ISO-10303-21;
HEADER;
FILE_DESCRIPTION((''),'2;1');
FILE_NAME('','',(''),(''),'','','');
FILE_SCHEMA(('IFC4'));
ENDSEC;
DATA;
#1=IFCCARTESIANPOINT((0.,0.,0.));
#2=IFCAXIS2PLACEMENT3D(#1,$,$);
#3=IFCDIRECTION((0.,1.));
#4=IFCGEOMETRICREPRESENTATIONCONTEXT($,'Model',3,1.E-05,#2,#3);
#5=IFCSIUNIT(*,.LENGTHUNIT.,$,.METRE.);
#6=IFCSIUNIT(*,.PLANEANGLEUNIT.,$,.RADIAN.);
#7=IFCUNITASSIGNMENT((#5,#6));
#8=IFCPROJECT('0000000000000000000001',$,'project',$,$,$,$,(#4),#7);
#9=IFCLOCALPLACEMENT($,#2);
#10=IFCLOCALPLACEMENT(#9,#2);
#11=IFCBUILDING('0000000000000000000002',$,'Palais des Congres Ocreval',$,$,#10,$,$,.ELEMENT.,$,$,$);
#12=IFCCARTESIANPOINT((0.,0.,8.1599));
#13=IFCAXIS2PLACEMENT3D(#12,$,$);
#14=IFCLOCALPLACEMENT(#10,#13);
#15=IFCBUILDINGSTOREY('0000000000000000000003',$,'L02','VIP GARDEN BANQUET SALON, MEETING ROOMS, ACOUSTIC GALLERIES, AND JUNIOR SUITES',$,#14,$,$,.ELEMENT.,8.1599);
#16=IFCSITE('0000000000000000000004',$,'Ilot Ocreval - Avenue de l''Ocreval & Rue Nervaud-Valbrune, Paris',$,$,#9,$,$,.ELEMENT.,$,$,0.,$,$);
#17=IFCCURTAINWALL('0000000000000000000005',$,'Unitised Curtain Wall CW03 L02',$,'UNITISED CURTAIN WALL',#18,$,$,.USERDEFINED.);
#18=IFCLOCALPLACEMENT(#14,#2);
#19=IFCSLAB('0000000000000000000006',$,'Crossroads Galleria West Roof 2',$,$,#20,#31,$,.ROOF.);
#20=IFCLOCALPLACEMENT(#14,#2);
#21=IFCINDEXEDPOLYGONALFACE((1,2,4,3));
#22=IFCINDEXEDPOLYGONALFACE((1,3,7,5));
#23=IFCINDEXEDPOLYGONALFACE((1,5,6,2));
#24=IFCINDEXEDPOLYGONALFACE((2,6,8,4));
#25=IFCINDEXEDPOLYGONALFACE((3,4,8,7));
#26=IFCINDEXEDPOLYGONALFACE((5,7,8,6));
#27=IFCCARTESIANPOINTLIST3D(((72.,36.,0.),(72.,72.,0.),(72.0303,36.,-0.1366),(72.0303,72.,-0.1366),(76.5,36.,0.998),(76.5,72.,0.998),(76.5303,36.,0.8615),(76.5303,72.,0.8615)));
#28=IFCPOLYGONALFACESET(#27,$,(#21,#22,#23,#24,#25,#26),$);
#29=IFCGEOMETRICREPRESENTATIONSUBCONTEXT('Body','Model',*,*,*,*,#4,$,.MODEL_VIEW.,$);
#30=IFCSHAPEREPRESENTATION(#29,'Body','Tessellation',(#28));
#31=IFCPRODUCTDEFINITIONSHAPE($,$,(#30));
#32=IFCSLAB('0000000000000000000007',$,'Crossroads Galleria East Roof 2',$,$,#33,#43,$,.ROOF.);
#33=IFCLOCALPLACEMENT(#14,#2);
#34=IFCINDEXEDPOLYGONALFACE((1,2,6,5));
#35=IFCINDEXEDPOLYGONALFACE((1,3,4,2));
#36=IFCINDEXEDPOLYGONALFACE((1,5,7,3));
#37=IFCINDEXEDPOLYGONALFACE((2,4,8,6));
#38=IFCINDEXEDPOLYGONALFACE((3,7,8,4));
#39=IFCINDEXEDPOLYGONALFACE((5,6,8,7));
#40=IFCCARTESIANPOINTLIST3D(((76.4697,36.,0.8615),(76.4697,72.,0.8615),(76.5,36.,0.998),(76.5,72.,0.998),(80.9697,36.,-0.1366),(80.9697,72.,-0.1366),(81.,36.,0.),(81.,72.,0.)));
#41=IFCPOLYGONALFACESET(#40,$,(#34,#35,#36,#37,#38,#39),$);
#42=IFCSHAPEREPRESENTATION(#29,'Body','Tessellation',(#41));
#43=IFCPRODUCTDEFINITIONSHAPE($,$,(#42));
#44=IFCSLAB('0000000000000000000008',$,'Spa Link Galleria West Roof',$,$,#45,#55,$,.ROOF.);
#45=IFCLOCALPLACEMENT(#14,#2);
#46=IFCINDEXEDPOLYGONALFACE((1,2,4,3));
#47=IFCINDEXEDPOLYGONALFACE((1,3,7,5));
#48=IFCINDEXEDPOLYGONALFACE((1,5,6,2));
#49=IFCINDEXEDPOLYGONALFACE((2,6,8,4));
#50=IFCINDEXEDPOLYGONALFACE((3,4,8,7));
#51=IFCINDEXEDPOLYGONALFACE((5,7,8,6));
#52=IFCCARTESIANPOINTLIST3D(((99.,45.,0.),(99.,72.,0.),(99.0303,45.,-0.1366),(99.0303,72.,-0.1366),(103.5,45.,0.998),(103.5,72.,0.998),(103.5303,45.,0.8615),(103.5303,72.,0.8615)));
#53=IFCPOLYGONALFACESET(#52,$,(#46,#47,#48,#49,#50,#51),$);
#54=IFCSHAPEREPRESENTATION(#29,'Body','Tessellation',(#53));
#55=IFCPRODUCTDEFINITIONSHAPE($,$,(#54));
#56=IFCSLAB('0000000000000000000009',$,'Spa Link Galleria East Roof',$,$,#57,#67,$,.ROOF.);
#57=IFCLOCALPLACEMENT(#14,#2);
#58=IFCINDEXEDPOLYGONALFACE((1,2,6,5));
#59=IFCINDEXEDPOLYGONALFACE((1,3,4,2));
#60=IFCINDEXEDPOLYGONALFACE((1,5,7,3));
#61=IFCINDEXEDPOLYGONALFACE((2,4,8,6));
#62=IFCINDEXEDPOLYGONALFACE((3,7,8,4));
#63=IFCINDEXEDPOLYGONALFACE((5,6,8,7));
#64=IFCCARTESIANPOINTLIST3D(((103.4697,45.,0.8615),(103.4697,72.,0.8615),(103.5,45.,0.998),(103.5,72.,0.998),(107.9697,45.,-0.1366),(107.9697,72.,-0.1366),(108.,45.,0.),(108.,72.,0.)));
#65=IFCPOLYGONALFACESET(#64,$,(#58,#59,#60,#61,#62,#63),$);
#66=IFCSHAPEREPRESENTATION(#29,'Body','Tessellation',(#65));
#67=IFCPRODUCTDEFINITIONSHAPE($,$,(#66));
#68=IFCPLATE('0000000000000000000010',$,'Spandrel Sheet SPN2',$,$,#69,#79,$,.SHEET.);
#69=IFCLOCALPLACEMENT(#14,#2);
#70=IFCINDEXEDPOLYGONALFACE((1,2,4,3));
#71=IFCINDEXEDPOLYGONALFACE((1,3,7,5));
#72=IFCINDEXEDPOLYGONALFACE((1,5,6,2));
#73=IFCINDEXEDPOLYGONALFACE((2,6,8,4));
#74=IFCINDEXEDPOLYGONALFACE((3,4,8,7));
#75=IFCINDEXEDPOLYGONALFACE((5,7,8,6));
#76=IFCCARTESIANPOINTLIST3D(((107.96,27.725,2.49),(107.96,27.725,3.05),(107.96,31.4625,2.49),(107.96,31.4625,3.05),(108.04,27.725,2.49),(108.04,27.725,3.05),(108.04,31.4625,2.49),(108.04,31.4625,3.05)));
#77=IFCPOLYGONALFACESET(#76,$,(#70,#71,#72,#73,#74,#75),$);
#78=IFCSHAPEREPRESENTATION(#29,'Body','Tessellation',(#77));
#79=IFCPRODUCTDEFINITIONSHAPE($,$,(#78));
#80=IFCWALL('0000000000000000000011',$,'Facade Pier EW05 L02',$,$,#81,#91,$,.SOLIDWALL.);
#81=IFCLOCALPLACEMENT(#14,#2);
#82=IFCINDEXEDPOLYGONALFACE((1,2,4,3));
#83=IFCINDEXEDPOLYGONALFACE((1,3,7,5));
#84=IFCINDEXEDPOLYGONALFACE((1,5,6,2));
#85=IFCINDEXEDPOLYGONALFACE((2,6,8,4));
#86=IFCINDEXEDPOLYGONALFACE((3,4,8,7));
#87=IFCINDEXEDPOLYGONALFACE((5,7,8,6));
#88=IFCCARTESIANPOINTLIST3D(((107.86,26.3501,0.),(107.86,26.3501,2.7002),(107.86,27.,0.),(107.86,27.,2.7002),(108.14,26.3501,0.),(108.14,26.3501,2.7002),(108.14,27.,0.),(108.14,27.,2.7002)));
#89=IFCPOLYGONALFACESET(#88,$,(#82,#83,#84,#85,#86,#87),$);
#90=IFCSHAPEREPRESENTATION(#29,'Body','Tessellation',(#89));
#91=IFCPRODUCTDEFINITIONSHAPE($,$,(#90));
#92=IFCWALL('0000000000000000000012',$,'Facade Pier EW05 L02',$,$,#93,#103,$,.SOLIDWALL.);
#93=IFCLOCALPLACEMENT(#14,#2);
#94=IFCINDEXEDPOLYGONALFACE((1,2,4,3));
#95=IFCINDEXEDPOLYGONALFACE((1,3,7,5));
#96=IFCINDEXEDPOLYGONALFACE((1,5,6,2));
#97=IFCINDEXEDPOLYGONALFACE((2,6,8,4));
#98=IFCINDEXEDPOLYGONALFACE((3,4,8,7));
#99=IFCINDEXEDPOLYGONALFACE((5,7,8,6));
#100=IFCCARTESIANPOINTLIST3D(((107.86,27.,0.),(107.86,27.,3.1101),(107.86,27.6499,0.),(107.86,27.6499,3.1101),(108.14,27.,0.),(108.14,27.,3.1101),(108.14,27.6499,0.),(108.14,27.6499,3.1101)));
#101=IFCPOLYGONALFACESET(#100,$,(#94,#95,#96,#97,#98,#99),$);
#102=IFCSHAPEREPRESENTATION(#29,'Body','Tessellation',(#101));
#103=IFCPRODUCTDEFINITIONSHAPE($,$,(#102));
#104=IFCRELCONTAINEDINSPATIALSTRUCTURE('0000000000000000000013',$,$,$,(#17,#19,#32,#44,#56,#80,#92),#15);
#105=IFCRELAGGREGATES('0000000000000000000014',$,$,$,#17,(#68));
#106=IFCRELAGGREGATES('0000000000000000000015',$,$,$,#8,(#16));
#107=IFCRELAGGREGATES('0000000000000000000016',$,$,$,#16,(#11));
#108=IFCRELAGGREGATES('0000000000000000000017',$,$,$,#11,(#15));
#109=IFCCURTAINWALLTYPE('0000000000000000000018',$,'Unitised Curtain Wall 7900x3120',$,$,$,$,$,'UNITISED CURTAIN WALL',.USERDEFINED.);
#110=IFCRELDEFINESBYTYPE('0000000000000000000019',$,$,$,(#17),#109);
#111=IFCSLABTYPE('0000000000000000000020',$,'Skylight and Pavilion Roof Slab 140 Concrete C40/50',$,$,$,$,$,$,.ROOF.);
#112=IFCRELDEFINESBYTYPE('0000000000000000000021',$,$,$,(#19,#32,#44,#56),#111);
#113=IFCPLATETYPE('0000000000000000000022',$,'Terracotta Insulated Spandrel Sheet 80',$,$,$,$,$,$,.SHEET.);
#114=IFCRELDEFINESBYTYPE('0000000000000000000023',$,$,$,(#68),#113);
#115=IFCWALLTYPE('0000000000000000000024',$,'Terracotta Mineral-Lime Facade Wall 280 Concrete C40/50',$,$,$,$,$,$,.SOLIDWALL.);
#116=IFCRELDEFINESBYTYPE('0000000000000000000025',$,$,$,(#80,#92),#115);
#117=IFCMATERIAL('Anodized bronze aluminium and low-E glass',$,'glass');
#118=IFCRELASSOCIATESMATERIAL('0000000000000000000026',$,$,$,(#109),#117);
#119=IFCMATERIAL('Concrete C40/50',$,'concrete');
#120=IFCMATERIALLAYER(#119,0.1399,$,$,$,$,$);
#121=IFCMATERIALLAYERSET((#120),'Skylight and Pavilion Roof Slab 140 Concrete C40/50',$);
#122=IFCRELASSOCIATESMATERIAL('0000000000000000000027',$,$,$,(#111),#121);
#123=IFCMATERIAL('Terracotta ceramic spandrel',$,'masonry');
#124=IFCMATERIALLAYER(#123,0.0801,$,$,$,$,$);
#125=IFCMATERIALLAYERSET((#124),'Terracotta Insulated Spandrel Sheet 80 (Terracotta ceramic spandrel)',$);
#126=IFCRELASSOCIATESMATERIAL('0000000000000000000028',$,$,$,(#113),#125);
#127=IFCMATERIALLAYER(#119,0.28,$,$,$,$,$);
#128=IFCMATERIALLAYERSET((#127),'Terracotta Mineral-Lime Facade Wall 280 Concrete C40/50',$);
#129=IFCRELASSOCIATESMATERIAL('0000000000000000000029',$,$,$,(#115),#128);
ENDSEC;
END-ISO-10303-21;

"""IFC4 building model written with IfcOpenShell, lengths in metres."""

from ifc_helpers import new_model, si_unit, direction, frame, frame_2d, origin, origin_2d, place, context, subcontext, project, spatial, polyline, rectangle, outline, extrude, material, layer, layer_set, type_object, element, aggregate, save


model = new_model("IFC4")

# Units and contexts
model_context = context("Model", 3, precision=1e-05, world=origin(), true_north=direction((0.0, 1.0)))
body_context = subcontext(model_context, "Body", "Model", "MODEL_VIEW")
ifc_project = project(units=[si_unit("LENGTHUNIT", "METRE"), si_unit("PLANEANGLEUNIT", "RADIAN")], contexts=[model_context])

# Site, building, storey
site_placement = place(None, origin())
site = spatial("IfcSite", under=ifc_project, at=site_placement, Name="Ilot Ocreval - Avenue de l'Ocreval & Rue Nervaud-Valbrune, Paris", CompositionType="ELEMENT", RefElevation=0.0)
building_placement = place(site_placement, origin())
building = spatial("IfcBuilding", under=site, at=building_placement, Name="Palais des Congres Ocreval", CompositionType="ELEMENT")
storey_placement = place(building_placement, frame((0.0, 0.0, 8.1599)))
storey = spatial("IfcBuildingStorey", under=building, at=storey_placement, Name="L02", Description="VIP GARDEN BANQUET SALON, MEETING ROOMS, ACOUSTIC GALLERIES, AND JUNIOR SUITES", CompositionType="ELEMENT", Elevation=8.1599)

# Shared definitions
ifc_material_1 = material(Name="Anodized bronze aluminium and low-E glass", Category="glass")
curtain_wall_type = type_object("IfcCurtainWallType", Name="Unitised Curtain Wall 7900x3120", ElementType="UNITISED CURTAIN WALL", PredefinedType="USERDEFINED", material=ifc_material_1)

# Curtain wall
curtain_wall_1_placement = place(storey_placement, origin())
curtain_wall_1 = element("IfcCurtainWall", 1, at=curtain_wall_1_placement, inside=storey, type_object=curtain_wall_type, Name="Unitised Curtain Wall CW03 L02", ObjectType="UNITISED CURTAIN WALL", PredefinedType="USERDEFINED")

# Slabs
ifc_material_2 = material(Name="Concrete C40/50", Category="concrete")
ifc_layer_1 = layer(ifc_material_2, 0.1399)
ifc_layer_set_1 = layer_set([ifc_layer_1], Name="Skylight and Pavilion Roof Slab 140 Concrete C40/50")
slab_type = type_object("IfcSlabType", Name="Skylight and Pavilion Roof Slab 140 Concrete C40/50", PredefinedType="ROOF", material=ifc_layer_set_1)
for number, where, z_axis, x_axis, name in (
    (2, (72.0, 36.0, 0.0), (-0.216527, 0.0, 0.976277), (0.976277, 0.0, 0.216527), "Crossroads Galleria West Roof 2"),
    (3, (76.5, 36.0, 0.998), (0.216527, 0.0, 0.976277), (0.976277, 0.0, -0.216527), "Crossroads Galleria East Roof 2"),
):
    element("IfcSlab", number, at=place(storey_placement, frame(where, z_axis=z_axis, x_axis=x_axis)), inside=storey, type_object=slab_type, Name=name, PredefinedType="ROOF", context=body_context, shape_type="SweptSolid", body=[
        extrude(outline(polyline([(0.0, 0.0), (4.6093, 0.0), (4.6093, 36.0), (0.0, 36.0), (0.0, 0.0)])), origin(), (0.0, 0.0, -1.0), 0.1399),
    ])
for number, where, z_axis, x_axis, name in (
    (4, (99.0, 45.0, 0.0), (-0.216527, 0.0, 0.976277), (0.976277, 0.0, 0.216527), "Spa Link Galleria West Roof"),
    (5, (103.5, 45.0, 0.998), (0.216527, 0.0, 0.976277), (0.976277, 0.0, -0.216527), "Spa Link Galleria East Roof"),
):
    element("IfcSlab", number, at=place(storey_placement, frame(where, z_axis=z_axis, x_axis=x_axis)), inside=storey, type_object=slab_type, Name=name, PredefinedType="ROOF", context=body_context, shape_type="SweptSolid", body=[
        extrude(outline(polyline([(0.0, 0.0), (4.6093, 0.0), (4.6093, 27.0), (0.0, 27.0), (0.0, 0.0)])), origin(), (0.0, 0.0, -1.0), 0.1399),
    ])

# Plate
ifc_material_3 = material(Name="Terracotta ceramic spandrel", Category="masonry")
ifc_layer_2 = layer(ifc_material_3, 0.0801)
ifc_layer_set_2 = layer_set([ifc_layer_2], Name="Terracotta Insulated Spandrel Sheet 80 (Terracotta ceramic spandrel)")
plate_type_1 = type_object("IfcPlateType", Name="Terracotta Insulated Spandrel Sheet 80", PredefinedType="SHEET", material=ifc_layer_set_2)
plate_1_placement = place(storey_placement, frame((108.0, 29.5938, 2.49), z_axis=(0.0, 0.0, 1.0), x_axis=(0.0, 1.0, 0.0)))
plate_1 = element("IfcPlate", 6, at=plate_1_placement, type_object=plate_type_1, Name="Spandrel Sheet SPN2", PredefinedType="SHEET", context=body_context, shape_type="SweptSolid", body=[
    extrude(rectangle(XDim=3.7375, YDim=0.0801, at=origin_2d()), origin(), (0.0, 0.0, 1.0), 0.5601),
])
aggregate(curtain_wall_1, [plate_1])

# Walls
ifc_layer_3 = layer(ifc_material_2, 0.28)
ifc_layer_set_3 = layer_set([ifc_layer_3], Name="Terracotta Mineral-Lime Facade Wall 280 Concrete C40/50")
wall_type = type_object("IfcWallType", Name="Terracotta Mineral-Lime Facade Wall 280 Concrete C40/50", PredefinedType="SOLIDWALL", material=ifc_layer_set_3)
wall_1_placement = place(storey_placement, frame((108.0, 26.3501, 0.0), z_axis=(0.0, 0.0, 1.0), x_axis=(0.0, 1.0, 0.0)))
element("IfcWall", 7, at=wall_1_placement, inside=storey, type_object=wall_type, Name="Facade Pier EW05 L02", PredefinedType="SOLIDWALL", context=body_context, shape_type="SweptSolid", body=[
    extrude(rectangle(XDim=0.6499, YDim=0.28, at=frame_2d((0.325, 0.0))), origin(), (0.0, 0.0, 1.0), 2.7002),
])
wall_2_placement = place(storey_placement, frame((108.0, 27.0, 0.0), z_axis=(0.0, 0.0, 1.0), x_axis=(0.0, 1.0, 0.0)))
element("IfcWall", 8, at=wall_2_placement, inside=storey, type_object=wall_type, Name="Facade Pier EW05 L02", PredefinedType="SOLIDWALL", context=body_context, shape_type="SweptSolid", body=[
    extrude(rectangle(XDim=0.6499, YDim=0.28, at=frame_2d((0.325, 0.0))), origin(), (0.0, 0.0, 1.0), 3.1101),
])

save(model, "model.ifc")
